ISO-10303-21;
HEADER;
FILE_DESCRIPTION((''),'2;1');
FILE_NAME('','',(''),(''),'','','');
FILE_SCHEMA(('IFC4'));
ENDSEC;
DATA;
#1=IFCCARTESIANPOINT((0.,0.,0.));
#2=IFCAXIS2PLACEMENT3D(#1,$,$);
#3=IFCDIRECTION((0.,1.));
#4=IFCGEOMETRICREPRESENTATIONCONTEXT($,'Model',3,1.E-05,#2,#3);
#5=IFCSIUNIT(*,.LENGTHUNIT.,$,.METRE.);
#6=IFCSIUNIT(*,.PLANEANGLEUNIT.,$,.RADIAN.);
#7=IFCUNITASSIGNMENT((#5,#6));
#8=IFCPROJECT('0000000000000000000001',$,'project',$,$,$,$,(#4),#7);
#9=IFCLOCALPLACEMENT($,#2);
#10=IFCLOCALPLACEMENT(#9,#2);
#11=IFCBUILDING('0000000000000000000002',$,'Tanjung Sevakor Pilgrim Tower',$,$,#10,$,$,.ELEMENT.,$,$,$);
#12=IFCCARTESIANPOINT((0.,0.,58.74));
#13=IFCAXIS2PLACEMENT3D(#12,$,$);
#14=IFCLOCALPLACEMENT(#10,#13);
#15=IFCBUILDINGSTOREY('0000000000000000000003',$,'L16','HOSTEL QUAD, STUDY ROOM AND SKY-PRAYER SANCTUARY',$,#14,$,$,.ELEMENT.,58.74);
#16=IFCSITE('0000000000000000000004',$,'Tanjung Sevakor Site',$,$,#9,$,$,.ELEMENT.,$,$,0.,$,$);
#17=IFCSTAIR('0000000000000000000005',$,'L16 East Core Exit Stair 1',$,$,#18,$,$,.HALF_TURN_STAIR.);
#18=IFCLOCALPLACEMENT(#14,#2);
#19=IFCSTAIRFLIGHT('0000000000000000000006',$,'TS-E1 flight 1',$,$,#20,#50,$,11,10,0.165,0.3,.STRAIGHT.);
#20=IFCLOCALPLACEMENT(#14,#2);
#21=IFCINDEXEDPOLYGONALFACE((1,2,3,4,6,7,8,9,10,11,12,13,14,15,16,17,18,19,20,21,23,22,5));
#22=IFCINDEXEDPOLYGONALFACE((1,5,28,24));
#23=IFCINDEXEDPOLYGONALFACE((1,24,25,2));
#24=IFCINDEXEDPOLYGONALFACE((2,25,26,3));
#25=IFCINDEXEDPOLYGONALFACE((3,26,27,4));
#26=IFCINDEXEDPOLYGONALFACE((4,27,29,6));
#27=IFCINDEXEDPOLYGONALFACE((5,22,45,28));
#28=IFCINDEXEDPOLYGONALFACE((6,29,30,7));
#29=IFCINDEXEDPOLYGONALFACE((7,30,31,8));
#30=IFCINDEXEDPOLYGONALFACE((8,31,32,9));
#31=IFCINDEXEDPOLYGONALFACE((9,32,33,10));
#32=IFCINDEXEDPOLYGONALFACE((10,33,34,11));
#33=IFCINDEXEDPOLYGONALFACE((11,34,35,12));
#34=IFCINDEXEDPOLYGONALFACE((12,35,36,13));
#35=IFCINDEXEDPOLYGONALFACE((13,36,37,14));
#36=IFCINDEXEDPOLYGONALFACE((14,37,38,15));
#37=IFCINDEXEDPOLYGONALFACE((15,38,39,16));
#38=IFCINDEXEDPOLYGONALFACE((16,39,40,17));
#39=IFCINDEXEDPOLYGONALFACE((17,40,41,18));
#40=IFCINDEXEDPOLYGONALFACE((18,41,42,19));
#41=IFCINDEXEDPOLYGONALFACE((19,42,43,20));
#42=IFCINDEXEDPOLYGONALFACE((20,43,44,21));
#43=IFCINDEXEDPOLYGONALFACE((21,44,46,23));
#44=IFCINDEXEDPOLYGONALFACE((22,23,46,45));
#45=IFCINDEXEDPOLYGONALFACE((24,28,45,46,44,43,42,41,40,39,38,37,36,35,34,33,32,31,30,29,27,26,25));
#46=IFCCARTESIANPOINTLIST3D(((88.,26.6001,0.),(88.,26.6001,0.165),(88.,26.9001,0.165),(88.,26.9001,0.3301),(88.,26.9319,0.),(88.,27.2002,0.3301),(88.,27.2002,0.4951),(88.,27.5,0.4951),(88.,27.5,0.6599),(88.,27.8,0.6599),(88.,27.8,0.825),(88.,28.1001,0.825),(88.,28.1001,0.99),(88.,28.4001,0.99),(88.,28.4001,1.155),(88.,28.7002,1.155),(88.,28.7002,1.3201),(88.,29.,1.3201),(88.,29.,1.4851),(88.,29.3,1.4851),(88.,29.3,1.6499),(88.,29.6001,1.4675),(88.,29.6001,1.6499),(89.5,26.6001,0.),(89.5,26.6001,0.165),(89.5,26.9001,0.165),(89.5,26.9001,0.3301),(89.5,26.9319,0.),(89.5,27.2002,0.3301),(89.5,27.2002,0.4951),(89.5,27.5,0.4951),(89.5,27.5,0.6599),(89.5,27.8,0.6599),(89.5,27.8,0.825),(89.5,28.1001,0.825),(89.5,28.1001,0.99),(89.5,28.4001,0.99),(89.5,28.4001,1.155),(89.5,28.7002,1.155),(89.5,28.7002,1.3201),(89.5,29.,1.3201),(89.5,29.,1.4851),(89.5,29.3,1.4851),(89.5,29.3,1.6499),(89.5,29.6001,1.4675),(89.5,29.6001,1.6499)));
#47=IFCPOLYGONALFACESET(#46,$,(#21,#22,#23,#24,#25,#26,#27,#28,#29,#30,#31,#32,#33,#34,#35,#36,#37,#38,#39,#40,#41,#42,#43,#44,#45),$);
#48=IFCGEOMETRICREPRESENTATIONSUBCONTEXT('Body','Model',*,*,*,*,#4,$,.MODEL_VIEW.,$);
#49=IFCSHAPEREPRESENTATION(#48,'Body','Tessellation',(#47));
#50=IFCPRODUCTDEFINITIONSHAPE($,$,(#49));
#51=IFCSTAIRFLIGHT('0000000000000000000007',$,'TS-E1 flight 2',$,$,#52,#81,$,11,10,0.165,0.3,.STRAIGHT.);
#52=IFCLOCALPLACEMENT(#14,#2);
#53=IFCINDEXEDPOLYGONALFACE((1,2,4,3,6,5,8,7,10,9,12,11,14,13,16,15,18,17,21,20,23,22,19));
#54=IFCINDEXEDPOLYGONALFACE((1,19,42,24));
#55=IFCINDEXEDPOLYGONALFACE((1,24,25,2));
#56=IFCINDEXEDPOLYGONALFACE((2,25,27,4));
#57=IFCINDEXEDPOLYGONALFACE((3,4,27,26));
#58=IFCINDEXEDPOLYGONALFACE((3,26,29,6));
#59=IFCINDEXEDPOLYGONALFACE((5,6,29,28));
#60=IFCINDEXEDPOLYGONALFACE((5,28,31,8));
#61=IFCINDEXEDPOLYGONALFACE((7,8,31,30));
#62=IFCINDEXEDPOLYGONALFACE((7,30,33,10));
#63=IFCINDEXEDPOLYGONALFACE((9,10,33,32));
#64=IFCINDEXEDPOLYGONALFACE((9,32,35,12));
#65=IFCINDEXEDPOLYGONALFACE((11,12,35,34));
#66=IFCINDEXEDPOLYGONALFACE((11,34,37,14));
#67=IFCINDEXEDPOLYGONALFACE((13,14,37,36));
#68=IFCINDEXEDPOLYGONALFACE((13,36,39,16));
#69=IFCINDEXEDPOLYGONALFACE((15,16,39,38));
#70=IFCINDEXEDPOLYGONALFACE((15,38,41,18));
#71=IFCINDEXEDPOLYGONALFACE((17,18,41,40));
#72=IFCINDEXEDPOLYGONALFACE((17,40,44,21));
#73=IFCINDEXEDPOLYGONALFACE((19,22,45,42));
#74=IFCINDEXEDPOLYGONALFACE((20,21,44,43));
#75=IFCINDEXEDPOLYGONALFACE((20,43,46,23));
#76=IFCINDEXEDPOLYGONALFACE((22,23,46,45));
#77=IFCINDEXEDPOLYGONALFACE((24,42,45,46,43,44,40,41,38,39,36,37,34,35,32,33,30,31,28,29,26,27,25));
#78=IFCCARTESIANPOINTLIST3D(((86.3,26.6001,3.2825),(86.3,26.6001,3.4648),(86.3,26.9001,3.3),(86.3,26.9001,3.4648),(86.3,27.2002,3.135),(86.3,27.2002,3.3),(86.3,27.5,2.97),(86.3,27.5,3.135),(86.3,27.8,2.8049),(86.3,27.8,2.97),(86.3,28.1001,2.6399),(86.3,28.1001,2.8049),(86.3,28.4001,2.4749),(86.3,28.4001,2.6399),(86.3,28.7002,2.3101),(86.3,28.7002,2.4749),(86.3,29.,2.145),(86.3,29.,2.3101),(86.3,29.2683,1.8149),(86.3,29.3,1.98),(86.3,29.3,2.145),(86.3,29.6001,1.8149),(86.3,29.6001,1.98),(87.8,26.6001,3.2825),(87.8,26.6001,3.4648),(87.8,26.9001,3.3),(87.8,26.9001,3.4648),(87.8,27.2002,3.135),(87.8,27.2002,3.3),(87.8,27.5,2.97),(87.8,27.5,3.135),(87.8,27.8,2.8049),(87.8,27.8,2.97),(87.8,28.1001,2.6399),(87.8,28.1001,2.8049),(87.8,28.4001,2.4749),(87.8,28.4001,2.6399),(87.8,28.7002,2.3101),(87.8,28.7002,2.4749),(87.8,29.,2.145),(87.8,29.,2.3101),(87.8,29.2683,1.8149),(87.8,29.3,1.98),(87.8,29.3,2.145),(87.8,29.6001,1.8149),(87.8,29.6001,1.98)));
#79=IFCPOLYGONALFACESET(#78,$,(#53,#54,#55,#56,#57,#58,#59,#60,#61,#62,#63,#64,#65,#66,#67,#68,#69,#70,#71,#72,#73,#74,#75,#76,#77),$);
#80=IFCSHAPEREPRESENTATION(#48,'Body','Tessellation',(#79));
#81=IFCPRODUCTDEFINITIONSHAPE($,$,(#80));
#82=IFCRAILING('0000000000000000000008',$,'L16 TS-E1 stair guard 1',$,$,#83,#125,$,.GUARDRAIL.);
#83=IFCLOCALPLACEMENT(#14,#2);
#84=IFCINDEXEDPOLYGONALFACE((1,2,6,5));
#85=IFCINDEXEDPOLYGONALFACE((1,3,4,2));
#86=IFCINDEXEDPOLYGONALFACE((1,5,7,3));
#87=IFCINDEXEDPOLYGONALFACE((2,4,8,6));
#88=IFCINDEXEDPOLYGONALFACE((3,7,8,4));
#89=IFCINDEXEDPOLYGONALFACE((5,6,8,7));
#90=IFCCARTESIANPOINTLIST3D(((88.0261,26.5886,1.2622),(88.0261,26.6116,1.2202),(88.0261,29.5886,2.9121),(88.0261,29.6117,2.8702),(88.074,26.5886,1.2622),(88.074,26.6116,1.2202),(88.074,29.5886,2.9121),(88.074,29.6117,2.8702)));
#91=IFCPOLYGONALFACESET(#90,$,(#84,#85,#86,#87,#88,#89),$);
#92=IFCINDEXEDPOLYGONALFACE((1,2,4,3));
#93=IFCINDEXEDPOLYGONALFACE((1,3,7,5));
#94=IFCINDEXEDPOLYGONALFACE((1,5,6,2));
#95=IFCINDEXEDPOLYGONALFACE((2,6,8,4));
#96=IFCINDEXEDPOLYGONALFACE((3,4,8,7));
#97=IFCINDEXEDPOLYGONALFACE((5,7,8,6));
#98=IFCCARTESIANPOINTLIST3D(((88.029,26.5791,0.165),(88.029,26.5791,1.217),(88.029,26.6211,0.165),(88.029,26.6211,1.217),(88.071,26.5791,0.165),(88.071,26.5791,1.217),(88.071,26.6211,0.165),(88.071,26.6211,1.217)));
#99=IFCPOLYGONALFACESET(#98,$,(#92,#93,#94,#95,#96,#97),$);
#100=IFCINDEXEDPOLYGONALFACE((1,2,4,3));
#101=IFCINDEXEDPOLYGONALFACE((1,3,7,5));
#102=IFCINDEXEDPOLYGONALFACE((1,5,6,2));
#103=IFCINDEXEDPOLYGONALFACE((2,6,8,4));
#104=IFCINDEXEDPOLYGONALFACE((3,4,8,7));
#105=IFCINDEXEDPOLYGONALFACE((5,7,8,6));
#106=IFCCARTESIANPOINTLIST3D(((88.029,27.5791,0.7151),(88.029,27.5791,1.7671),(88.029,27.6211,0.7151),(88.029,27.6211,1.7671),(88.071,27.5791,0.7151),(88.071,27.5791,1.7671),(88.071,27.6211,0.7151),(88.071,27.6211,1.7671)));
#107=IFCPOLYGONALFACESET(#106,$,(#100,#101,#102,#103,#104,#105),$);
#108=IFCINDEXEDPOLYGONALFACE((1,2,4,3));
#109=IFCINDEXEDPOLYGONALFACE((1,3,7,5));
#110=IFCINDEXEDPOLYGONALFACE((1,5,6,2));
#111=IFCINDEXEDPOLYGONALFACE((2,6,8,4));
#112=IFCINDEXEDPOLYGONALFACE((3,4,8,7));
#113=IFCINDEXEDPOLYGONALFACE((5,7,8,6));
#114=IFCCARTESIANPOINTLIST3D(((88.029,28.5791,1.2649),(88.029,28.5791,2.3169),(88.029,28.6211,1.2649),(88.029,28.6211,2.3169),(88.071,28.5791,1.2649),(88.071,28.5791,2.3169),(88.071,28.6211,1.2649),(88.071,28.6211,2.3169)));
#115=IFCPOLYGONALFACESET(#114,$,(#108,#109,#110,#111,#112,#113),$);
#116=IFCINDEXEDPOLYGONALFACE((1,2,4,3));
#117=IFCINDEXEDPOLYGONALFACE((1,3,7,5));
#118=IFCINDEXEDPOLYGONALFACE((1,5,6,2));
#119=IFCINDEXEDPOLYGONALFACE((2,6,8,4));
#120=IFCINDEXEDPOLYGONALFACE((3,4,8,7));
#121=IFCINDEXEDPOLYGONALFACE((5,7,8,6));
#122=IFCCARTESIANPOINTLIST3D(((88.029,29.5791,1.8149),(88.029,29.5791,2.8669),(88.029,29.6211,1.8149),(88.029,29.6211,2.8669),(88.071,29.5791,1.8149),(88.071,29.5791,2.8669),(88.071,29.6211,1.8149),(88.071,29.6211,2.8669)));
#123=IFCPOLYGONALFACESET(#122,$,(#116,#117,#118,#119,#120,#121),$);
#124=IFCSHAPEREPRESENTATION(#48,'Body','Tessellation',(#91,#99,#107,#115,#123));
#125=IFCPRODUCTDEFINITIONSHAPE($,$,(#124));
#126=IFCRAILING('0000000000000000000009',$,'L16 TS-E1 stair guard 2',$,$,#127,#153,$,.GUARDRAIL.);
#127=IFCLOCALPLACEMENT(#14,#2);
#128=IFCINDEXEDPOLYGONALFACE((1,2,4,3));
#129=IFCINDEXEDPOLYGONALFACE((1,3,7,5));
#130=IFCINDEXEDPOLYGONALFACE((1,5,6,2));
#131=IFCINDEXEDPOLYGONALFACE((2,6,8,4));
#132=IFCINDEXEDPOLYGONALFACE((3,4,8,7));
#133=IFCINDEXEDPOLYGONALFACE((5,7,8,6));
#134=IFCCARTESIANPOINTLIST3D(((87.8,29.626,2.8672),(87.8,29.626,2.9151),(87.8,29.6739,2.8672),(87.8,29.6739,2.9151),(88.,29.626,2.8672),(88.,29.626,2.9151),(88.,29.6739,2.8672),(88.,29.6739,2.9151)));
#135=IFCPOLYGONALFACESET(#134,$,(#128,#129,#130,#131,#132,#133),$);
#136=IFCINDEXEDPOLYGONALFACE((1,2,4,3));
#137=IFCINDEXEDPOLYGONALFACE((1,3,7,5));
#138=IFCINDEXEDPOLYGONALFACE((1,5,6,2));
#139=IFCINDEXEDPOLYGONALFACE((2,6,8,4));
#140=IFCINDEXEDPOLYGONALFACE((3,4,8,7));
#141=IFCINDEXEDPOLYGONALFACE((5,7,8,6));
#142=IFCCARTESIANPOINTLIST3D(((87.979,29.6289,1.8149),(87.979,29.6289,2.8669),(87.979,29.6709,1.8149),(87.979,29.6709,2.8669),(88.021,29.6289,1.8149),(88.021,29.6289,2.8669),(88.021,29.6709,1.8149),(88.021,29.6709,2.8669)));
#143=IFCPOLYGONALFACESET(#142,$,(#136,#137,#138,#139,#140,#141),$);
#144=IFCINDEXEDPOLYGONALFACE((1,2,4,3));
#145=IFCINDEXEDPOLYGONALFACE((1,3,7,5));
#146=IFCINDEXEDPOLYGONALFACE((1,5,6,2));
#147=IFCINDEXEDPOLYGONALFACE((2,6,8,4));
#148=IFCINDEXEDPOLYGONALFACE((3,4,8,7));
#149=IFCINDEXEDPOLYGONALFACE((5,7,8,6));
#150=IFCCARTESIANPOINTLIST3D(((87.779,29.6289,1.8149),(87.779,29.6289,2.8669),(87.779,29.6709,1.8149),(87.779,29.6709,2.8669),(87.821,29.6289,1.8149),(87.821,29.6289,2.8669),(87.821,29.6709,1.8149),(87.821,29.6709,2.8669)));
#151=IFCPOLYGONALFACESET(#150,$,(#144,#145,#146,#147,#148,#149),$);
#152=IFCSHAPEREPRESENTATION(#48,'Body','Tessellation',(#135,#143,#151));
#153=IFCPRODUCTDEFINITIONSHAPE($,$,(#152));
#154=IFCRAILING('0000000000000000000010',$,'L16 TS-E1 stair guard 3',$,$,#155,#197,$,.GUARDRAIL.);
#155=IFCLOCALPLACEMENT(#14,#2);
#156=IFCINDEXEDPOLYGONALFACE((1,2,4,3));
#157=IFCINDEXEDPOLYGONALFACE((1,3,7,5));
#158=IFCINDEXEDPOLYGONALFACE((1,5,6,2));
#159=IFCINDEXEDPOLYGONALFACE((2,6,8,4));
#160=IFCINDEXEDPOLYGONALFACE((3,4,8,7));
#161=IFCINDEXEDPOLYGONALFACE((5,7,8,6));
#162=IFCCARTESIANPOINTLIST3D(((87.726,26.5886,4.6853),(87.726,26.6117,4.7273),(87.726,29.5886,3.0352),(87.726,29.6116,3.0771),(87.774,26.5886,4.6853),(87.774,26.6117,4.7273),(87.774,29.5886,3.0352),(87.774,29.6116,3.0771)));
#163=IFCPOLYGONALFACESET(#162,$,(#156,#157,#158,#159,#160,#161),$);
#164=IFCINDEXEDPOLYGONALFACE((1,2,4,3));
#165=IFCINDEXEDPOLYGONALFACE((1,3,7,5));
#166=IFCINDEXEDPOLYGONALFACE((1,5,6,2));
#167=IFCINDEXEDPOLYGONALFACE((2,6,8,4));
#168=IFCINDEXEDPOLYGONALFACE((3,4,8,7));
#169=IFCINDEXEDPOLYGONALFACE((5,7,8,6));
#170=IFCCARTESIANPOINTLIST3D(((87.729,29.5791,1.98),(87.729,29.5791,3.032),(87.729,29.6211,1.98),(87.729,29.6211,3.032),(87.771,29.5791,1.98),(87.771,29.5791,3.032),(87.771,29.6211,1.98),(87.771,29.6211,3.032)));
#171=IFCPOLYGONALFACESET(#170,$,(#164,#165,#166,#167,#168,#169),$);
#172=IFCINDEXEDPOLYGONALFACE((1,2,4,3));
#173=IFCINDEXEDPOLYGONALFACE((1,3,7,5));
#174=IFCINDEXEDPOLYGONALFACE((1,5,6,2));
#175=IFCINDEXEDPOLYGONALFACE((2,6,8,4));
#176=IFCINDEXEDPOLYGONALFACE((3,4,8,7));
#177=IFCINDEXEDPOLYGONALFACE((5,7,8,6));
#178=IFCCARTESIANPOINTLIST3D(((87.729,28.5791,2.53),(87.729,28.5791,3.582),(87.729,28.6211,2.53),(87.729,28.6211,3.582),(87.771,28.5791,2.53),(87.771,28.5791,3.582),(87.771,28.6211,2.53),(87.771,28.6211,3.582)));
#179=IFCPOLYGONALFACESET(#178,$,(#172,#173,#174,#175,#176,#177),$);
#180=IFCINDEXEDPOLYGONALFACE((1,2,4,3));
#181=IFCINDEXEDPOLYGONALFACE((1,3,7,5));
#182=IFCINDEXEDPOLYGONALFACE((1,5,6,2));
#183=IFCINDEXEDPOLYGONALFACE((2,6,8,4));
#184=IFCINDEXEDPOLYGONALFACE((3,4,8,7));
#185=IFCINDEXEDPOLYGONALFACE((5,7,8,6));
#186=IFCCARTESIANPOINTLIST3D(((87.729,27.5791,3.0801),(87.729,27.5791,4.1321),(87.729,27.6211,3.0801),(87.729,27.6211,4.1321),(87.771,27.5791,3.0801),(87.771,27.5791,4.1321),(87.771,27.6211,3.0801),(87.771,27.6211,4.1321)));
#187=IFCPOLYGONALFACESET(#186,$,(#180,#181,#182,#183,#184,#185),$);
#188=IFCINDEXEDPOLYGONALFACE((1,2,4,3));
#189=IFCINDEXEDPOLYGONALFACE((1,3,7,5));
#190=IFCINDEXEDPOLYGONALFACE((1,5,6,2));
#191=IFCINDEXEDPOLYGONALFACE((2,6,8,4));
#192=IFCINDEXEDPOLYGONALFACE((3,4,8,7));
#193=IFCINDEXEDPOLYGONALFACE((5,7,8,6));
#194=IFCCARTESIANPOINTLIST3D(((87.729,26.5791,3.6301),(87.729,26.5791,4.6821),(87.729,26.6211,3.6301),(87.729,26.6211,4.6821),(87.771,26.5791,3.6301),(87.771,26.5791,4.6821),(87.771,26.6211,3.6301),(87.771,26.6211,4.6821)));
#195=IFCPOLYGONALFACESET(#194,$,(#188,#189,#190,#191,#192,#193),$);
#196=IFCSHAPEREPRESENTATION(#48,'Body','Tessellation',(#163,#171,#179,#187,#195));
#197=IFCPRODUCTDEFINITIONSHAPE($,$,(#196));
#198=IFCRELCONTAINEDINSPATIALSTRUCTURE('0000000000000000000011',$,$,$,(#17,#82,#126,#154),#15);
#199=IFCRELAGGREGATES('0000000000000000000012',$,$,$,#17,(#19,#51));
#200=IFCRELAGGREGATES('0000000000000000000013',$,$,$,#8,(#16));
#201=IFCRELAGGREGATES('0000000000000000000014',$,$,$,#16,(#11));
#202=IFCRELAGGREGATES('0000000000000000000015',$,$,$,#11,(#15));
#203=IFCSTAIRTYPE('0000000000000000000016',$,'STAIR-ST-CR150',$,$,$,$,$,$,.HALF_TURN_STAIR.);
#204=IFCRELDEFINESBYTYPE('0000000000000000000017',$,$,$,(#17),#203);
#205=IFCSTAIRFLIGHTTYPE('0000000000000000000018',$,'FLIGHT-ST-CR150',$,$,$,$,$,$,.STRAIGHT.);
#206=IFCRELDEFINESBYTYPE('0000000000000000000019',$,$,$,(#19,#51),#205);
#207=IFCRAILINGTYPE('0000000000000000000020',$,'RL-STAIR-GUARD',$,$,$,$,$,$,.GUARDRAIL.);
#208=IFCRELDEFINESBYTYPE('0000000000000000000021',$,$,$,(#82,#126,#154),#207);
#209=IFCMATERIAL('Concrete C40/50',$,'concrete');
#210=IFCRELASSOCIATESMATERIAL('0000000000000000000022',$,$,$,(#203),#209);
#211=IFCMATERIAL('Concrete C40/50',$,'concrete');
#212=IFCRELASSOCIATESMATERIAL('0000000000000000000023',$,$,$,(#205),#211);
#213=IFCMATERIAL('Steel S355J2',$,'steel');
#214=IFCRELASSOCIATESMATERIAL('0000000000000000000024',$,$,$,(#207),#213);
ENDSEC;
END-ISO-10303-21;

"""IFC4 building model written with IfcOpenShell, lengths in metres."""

from ifc_helpers import new_model, si_unit, direction, frame, origin, place, context, subcontext, project, spatial, polyline, rectangle, outline, extrude, material, type_object, element, aggregate, save


model = new_model("IFC4")

# Units and contexts
model_context = context("Model", 3, precision=1e-05, world=origin(), true_north=direction((0.0, 1.0)))
body_context = subcontext(model_context, "Body", "Model", "MODEL_VIEW")
ifc_project = project(units=[si_unit("LENGTHUNIT", "METRE"), si_unit("PLANEANGLEUNIT", "RADIAN")], contexts=[model_context])

# Site, building, storey
site_placement = place(None, origin())
site = spatial("IfcSite", under=ifc_project, at=site_placement, Name="Tanjung Sevakor Site", CompositionType="ELEMENT", RefElevation=0.0)
building_placement = place(site_placement, origin())
building = spatial("IfcBuilding", under=site, at=building_placement, Name="Tanjung Sevakor Pilgrim Tower", CompositionType="ELEMENT")
storey_placement = place(building_placement, frame((0.0, 0.0, 58.74)))
storey = spatial("IfcBuildingStorey", under=building, at=storey_placement, Name="L16", Description="HOSTEL QUAD, STUDY ROOM AND SKY-PRAYER SANCTUARY", CompositionType="ELEMENT", Elevation=58.74)

# Stair, stair flights
ifc_material_1 = material(Name="Concrete C40/50", Category="concrete")
stair_type = type_object("IfcStairType", Name="STAIR-ST-CR150", PredefinedType="HALF_TURN_STAIR", material=ifc_material_1)
stair_placement = place(storey_placement, origin())
stair = element("IfcStair", 1, at=stair_placement, inside=storey, type_object=stair_type, Name="L16 East Core Exit Stair 1", PredefinedType="HALF_TURN_STAIR")
ifc_material_2 = material(Name="Concrete C40/50", Category="concrete")
stair_flight_type = type_object("IfcStairFlightType", Name="FLIGHT-ST-CR150", PredefinedType="STRAIGHT", material=ifc_material_2)
stair_flight_1_placement = place(storey_placement, frame((88.75, 26.6001, 0.0), z_axis=(0.0, 0.0, 1.0), x_axis=(0.0, 1.0, 0.0)))
stair_flight_1 = element("IfcStairFlight", 2, at=stair_flight_1_placement, type_object=stair_flight_type, Name="TS-E1 flight 1", NumberOfRisers=11, NumberOfTreads=10, PredefinedType="STRAIGHT", RiserHeight=0.165, TreadLength=0.3, context=body_context, shape_type="SweptSolid", body=[
    extrude(outline(polyline([(0.0, 0.0), (0.0, 0.165), (0.3, 0.165), (0.3, 0.3301), (0.6001, 0.3301), (0.6001, 0.4951), (0.8999, 0.4951), (0.8999, 0.6599), (1.2, 0.6599), (1.2, 0.825), (1.5, 0.825), (1.5, 0.99), (1.8, 0.99), (1.8, 1.155), (2.1001, 1.155), (2.1001, 1.3201), (2.3999, 1.3201), (2.3999, 1.4851), (2.7, 1.4851), (2.7, 1.6499), (3.0, 1.6499), (3.0, 1.8149), (3.0, 1.4675), (0.3318, 0.0), (0.0, 0.0)])), frame((0.0, 0.75, 0.0), z_axis=(0.0, -1.0, 0.0), x_axis=(1.0, 0.0, 0.0)), (0.0, 0.0, 1.0), 1.5),
])
stair_flight_2_placement = place(storey_placement, frame((87.05, 29.6001, 1.8149), z_axis=(0.0, 0.0, 1.0), x_axis=(0.0, -1.0, 0.0)))
stair_flight_2 = element("IfcStairFlight", 3, at=stair_flight_2_placement, type_object=stair_flight_type, Name="TS-E1 flight 2", NumberOfRisers=11, NumberOfTreads=10, PredefinedType="STRAIGHT", RiserHeight=0.165, TreadLength=0.3, context=body_context, shape_type="SweptSolid", body=[
    extrude(outline(polyline([(0.0, 0.0), (0.0, 0.165), (0.3, 0.165), (0.3, 0.3301), (0.6001, 0.3301), (0.6001, 0.4951), (0.8999, 0.4951), (0.8999, 0.6599), (1.2, 0.6599), (1.2, 0.825), (1.5, 0.825), (1.5, 0.99), (1.8, 0.99), (1.8, 1.155), (2.1001, 1.155), (2.1001, 1.3201), (2.3999, 1.3201), (2.3999, 1.4851), (2.7, 1.4851), (2.7, 1.6499), (3.0, 1.6499), (3.0, 1.8149), (3.0, 1.4675), (0.3318, 0.0), (0.0, 0.0)])), frame((0.0, 0.75, 0.0), z_axis=(0.0, -1.0, 0.0), x_axis=(1.0, 0.0, 0.0)), (0.0, 0.0, 1.0), 1.5),
])
aggregate(stair, [stair_flight_1, stair_flight_2])

# Railings
ifc_material_3 = material(Name="Steel S355J2", Category="steel")
railing_type_1 = type_object("IfcRailingType", Name="RL-STAIR-GUARD", PredefinedType="GUARDRAIL", material=ifc_material_3)
railing_1_placement = place(storey_placement, frame((88.05, 26.6001, 0.165)))
element("IfcRailing", 4, at=railing_1_placement, inside=storey, type_object=railing_type_1, Name="L16 TS-E1 stair guard 1", PredefinedType="GUARDRAIL", context=body_context, shape_type="SweptSolid", body=[
    extrude(rectangle(XDim=0.0479, YDim=0.0479), frame((0.0, 0.0, 1.0762), z_axis=(0.0, 0.876228, 0.481897), x_axis=(-1.0, 0.0, 0.0)), (0.0, 0.0, 1.0), 3.4238),
    extrude(rectangle(XDim=0.042, YDim=0.042), origin(), (0.0, 0.0, 1.0), 1.052),
    extrude(rectangle(XDim=0.042, YDim=0.042), frame((0.0, 1.0, 0.55)), (0.0, 0.0, 1.0), 1.052),
    extrude(rectangle(XDim=0.042, YDim=0.042), frame((0.0, 2.0, 1.0999)), (0.0, 0.0, 1.0), 1.052),
    extrude(rectangle(XDim=0.042, YDim=0.042), frame((0.0, 3.0, 1.6499)), (0.0, 0.0, 1.0), 1.052),
])
railing_2_placement = place(storey_placement, frame((88.0, 29.6499, 1.8149)))
element("IfcRailing", 5, at=railing_2_placement, inside=storey, type_object=railing_type_1, Name="L16 TS-E1 stair guard 2", PredefinedType="GUARDRAIL", context=body_context, shape_type="SweptSolid", body=[
    extrude(rectangle(XDim=0.0479, YDim=0.0479), frame((0.0, 0.0, 1.0762), z_axis=(-1.0, 0.0, 0.0), x_axis=(0.0, -1.0, 0.0)), (0.0, 0.0, 1.0), 0.2),
    extrude(rectangle(XDim=0.042, YDim=0.042), origin(), (0.0, 0.0, 1.0), 1.052),
    extrude(rectangle(XDim=0.042, YDim=0.042), frame((-0.2, 0.0, 0.0)), (0.0, 0.0, 1.0), 1.052),
])
railing_3_placement = place(storey_placement, frame((87.75, 29.6001, 1.98)))
element("IfcRailing", 6, at=railing_3_placement, inside=storey, type_object=railing_type_1, Name="L16 TS-E1 stair guard 3", PredefinedType="GUARDRAIL", context=body_context, shape_type="SweptSolid", body=[
    extrude(rectangle(XDim=0.0479, YDim=0.0479), frame((0.0, 0.0, 1.0762), z_axis=(0.0, -0.876198, 0.481952), x_axis=(1.0, 0.0, 0.0)), (0.0, 0.0, 1.0), 3.4238),
    extrude(rectangle(XDim=0.042, YDim=0.042), origin(), (0.0, 0.0, 1.0), 1.052),
    extrude(rectangle(XDim=0.042, YDim=0.042), frame((0.0, -1.0, 0.55)), (0.0, 0.0, 1.0), 1.052),
    extrude(rectangle(XDim=0.042, YDim=0.042), frame((0.0, -2.0, 1.1001)), (0.0, 0.0, 1.0), 1.052),
    extrude(rectangle(XDim=0.042, YDim=0.042), frame((0.0, -3.0, 1.6501)), (0.0, 0.0, 1.0), 1.052),
])

save(model, "model.ifc")
